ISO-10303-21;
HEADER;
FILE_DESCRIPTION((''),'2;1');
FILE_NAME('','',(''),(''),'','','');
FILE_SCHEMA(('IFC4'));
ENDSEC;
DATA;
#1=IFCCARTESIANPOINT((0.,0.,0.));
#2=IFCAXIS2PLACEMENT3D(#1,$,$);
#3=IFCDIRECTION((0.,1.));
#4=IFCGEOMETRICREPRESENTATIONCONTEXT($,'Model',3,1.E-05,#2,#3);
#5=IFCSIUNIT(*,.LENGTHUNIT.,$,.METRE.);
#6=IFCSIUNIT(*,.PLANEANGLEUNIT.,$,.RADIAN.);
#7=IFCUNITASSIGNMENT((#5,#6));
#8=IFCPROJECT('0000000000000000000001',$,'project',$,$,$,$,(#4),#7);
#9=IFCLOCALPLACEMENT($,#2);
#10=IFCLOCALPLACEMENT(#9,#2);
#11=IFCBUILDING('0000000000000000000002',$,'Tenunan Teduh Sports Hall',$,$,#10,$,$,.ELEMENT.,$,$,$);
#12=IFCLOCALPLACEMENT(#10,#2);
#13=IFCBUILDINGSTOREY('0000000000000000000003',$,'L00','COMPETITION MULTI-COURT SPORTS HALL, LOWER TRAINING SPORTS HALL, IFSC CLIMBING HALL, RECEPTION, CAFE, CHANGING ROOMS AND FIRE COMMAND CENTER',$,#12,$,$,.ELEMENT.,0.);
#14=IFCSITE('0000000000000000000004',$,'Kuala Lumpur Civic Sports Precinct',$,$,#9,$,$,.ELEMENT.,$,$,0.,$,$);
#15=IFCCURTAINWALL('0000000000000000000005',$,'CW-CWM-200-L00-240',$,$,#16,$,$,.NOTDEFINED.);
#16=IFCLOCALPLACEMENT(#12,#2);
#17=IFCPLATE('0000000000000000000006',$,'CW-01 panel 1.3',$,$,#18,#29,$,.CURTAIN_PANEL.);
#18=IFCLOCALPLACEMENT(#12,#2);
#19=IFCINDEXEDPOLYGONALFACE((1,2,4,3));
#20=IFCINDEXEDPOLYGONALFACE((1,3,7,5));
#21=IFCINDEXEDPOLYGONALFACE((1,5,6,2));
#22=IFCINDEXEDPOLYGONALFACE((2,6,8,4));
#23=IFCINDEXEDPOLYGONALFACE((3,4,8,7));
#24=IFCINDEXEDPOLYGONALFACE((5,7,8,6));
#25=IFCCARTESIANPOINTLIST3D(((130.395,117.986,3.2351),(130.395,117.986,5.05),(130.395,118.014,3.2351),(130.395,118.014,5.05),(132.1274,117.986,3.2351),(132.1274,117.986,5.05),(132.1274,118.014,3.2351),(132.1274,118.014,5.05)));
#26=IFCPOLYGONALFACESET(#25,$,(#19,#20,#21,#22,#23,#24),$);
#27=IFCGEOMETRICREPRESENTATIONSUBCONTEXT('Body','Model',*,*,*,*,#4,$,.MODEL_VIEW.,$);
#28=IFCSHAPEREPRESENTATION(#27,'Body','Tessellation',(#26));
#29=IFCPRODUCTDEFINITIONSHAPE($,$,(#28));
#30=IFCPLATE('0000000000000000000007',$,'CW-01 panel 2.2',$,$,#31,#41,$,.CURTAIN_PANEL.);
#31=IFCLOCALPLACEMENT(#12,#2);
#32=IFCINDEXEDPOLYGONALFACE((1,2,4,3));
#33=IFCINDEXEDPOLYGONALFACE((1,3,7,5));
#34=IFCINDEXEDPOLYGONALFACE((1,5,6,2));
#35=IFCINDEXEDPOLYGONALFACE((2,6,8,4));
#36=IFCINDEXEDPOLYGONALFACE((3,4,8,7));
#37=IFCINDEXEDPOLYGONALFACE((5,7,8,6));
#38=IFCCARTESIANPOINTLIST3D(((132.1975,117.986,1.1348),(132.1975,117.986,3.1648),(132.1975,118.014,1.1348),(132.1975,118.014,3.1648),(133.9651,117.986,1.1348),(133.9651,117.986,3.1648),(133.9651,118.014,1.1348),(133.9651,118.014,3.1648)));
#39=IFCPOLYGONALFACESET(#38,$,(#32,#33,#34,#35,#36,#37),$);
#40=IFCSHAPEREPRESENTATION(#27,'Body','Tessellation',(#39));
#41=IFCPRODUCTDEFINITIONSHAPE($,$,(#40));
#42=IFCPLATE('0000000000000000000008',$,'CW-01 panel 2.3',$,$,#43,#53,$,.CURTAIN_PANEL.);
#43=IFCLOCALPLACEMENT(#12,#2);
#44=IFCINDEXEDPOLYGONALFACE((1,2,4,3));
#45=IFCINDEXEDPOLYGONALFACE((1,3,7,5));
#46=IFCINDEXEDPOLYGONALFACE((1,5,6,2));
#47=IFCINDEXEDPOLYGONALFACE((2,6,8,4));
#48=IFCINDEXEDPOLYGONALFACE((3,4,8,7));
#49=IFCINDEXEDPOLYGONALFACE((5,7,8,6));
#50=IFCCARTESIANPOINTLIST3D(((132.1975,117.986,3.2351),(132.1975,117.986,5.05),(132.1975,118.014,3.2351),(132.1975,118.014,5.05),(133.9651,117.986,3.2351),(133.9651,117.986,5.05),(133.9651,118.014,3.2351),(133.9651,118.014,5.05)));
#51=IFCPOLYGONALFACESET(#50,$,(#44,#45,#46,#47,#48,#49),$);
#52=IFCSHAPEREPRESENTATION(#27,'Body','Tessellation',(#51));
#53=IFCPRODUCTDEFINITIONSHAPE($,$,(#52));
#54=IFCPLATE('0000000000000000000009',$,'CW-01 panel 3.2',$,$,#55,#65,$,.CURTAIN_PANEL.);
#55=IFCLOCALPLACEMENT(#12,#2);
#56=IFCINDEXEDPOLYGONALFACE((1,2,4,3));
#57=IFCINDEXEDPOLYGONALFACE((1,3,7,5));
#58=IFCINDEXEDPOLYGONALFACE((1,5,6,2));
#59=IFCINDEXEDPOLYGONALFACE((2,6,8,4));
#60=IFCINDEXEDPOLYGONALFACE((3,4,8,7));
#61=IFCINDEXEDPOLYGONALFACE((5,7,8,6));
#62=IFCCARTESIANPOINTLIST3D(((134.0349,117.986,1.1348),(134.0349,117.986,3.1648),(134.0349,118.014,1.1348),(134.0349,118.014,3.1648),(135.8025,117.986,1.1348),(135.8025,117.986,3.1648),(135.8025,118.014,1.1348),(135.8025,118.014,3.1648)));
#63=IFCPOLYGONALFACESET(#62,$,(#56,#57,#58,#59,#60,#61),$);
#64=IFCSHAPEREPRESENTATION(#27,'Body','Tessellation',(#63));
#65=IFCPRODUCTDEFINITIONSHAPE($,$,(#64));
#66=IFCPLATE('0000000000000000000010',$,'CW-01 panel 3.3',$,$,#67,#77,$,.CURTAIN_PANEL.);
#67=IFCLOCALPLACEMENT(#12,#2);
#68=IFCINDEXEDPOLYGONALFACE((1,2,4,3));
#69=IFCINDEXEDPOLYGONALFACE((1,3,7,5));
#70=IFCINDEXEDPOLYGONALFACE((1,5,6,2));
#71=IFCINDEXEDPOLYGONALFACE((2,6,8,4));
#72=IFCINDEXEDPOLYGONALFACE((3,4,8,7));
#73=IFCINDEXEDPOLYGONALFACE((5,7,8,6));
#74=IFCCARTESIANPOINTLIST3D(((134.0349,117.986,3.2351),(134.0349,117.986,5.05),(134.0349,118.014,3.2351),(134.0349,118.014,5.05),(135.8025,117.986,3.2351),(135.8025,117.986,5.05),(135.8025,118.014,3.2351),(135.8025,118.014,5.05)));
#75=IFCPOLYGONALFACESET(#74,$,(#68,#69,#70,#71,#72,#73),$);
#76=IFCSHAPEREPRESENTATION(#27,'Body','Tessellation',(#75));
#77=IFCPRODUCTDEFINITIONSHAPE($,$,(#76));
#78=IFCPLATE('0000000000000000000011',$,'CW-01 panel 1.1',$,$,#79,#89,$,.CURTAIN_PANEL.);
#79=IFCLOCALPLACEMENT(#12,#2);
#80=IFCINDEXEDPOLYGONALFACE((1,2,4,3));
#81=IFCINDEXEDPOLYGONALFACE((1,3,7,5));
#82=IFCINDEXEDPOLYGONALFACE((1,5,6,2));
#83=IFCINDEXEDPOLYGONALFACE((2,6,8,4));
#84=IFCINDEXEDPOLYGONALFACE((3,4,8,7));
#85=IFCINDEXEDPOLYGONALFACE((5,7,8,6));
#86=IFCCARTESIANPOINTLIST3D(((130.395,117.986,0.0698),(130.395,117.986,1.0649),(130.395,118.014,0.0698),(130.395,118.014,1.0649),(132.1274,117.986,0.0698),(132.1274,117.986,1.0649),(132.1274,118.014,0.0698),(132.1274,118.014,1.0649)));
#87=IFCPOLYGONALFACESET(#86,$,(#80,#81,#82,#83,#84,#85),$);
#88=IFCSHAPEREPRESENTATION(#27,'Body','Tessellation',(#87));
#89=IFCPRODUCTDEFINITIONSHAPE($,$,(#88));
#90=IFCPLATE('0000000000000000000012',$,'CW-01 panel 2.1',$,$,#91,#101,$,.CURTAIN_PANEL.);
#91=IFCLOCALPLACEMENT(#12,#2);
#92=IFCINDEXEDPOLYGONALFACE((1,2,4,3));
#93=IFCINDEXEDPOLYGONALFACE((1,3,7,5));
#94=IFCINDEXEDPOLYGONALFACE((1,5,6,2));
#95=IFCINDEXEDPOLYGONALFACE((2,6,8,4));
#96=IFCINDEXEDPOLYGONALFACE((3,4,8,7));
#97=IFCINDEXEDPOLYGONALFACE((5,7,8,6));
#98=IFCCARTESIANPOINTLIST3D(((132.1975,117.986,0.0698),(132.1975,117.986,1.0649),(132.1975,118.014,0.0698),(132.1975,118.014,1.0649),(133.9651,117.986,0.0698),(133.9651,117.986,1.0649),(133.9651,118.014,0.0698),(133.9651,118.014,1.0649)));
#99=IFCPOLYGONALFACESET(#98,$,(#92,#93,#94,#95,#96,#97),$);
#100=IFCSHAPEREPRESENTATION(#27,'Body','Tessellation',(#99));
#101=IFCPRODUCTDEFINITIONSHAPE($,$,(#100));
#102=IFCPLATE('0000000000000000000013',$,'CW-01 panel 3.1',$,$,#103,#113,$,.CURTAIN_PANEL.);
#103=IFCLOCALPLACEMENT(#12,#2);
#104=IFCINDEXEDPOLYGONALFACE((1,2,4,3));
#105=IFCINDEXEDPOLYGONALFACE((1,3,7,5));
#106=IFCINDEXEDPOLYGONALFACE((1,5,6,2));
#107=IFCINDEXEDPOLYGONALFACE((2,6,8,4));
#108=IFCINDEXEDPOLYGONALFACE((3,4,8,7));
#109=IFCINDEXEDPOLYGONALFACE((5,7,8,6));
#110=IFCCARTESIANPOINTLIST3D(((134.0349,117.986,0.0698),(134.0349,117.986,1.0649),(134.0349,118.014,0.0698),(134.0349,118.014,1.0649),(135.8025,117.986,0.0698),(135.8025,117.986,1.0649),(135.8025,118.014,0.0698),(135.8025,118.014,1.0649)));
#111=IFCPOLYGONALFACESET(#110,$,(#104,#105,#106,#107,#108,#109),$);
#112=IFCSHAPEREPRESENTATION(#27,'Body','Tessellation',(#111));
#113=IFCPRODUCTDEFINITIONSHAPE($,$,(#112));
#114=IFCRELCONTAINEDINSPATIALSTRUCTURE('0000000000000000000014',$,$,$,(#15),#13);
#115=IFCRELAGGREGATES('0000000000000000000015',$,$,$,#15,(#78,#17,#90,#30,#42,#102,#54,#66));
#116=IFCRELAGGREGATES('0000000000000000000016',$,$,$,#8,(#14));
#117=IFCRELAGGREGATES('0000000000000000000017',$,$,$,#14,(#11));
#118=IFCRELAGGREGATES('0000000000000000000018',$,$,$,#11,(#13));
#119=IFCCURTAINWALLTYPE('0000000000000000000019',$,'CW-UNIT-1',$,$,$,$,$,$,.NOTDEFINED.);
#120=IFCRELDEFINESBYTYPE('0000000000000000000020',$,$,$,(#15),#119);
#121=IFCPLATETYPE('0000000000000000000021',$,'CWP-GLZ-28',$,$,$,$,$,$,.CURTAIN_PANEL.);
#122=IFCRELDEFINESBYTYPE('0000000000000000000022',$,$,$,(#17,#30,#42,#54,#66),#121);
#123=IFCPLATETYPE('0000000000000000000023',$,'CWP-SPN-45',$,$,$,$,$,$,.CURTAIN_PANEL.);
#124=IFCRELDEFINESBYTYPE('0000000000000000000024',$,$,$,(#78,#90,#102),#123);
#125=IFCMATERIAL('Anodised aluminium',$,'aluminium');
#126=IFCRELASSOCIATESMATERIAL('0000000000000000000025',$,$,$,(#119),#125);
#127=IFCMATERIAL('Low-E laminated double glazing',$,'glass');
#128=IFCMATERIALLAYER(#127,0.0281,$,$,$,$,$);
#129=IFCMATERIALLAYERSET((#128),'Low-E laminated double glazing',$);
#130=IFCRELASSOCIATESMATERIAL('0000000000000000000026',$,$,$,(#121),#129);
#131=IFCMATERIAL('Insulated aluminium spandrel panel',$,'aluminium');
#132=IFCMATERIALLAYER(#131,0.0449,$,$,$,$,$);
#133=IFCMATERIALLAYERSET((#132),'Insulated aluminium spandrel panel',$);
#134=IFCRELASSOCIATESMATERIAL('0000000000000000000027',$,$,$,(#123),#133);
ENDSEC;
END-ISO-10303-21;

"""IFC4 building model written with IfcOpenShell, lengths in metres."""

from ifc_helpers import new_model, si_unit, direction, frame, origin, origin_2d, place, context, subcontext, project, spatial, rectangle, extrude, material, layer, layer_set, type_object, element, aggregate, save


model = new_model("IFC4")

# Units and contexts
model_context = context("Model", 3, precision=1e-05, world=origin(), true_north=direction((0.0, 1.0)))
body_context = subcontext(model_context, "Body", "Model", "MODEL_VIEW")
ifc_project = project(units=[si_unit("LENGTHUNIT", "METRE"), si_unit("PLANEANGLEUNIT", "RADIAN")], contexts=[model_context])

# Site, building, storey
site_placement = place(None, origin())
site = spatial("IfcSite", under=ifc_project, at=site_placement, Name="Kuala Lumpur Civic Sports Precinct", CompositionType="ELEMENT", RefElevation=0.0)
building_placement = place(site_placement, origin())
building = spatial("IfcBuilding", under=site, at=building_placement, Name="Tenunan Teduh Sports Hall", CompositionType="ELEMENT")
storey_placement = place(building_placement, origin())
storey = spatial("IfcBuildingStorey", under=building, at=storey_placement, Name="L00", Description="COMPETITION MULTI-COURT SPORTS HALL, LOWER TRAINING SPORTS HALL, IFSC CLIMBING HALL, RECEPTION, CAFE, CHANGING ROOMS AND FIRE COMMAND CENTER", CompositionType="ELEMENT", Elevation=0.0)

# Curtain wall, plates
ifc_material_1 = material(Name="Anodised aluminium", Category="aluminium")
curtain_wall_type = type_object("IfcCurtainWallType", Name="CW-UNIT-1", PredefinedType="NOTDEFINED", material=ifc_material_1)
curtain_wall_placement = place(storey_placement, origin())
curtain_wall = element("IfcCurtainWall", 1, at=curtain_wall_placement, inside=storey, type_object=curtain_wall_type, Name="CW-CWM-200-L00-240", PredefinedType="NOTDEFINED")
ifc_material_2 = material(Name="Low-E laminated double glazing", Category="glass")
ifc_layer_1 = layer(ifc_material_2, 0.0281)
ifc_layer_set_1 = layer_set([ifc_layer_1], Name="Low-E laminated double glazing")
plate_type_1 = type_object("IfcPlateType", Name="CWP-GLZ-28", PredefinedType="CURTAIN_PANEL", material=ifc_layer_set_1)
plate_1_placement = place(storey_placement, frame((131.2612, 118.0, 3.2351), z_axis=(0.0, 0.0, 1.0), x_axis=(1.0, 0.0, 0.0)))
plate_1 = element("IfcPlate", 2, at=plate_1_placement, type_object=plate_type_1, Name="CW-01 panel 1.3", PredefinedType="CURTAIN_PANEL", context=body_context, shape_type="SweptSolid", body=[
    extrude(rectangle(XDim=1.7324, YDim=0.0281, at=origin_2d()), origin(), (0.0, 0.0, 1.0), 1.8149),
])
plate_2_placement = place(storey_placement, frame((133.0813, 118.0, 1.1348), z_axis=(0.0, 0.0, 1.0), x_axis=(1.0, 0.0, 0.0)))
plate_2 = element("IfcPlate", 3, at=plate_2_placement, type_object=plate_type_1, Name="CW-01 panel 2.2", PredefinedType="CURTAIN_PANEL", context=body_context, shape_type="SweptSolid", body=[
    extrude(rectangle(XDim=1.7676, YDim=0.0281, at=origin_2d()), origin(), (0.0, 0.0, 1.0), 2.03),
])
plate_3_placement = place(storey_placement, frame((133.0813, 118.0, 3.2351), z_axis=(0.0, 0.0, 1.0), x_axis=(1.0, 0.0, 0.0)))
plate_3 = element("IfcPlate", 4, at=plate_3_placement, type_object=plate_type_1, Name="CW-01 panel 2.3", PredefinedType="CURTAIN_PANEL", context=body_context, shape_type="SweptSolid", body=[
    extrude(rectangle(XDim=1.7676, YDim=0.0281, at=origin_2d()), origin(), (0.0, 0.0, 1.0), 1.8149),
])
plate_4_placement = place(storey_placement, frame((134.9187, 118.0, 1.1348), z_axis=(0.0, 0.0, 1.0), x_axis=(1.0, 0.0, 0.0)))
plate_4 = element("IfcPlate", 5, at=plate_4_placement, type_object=plate_type_1, Name="CW-01 panel 3.2", PredefinedType="CURTAIN_PANEL", context=body_context, shape_type="SweptSolid", body=[
    extrude(rectangle(XDim=1.7676, YDim=0.0281, at=origin_2d()), origin(), (0.0, 0.0, 1.0), 2.03),
])
plate_5_placement = place(storey_placement, frame((134.9187, 118.0, 3.2351), z_axis=(0.0, 0.0, 1.0), x_axis=(1.0, 0.0, 0.0)))
plate_5 = element("IfcPlate", 6, at=plate_5_placement, type_object=plate_type_1, Name="CW-01 panel 3.3", PredefinedType="CURTAIN_PANEL", context=body_context, shape_type="SweptSolid", body=[
    extrude(rectangle(XDim=1.7676, YDim=0.0281, at=origin_2d()), origin(), (0.0, 0.0, 1.0), 1.8149),
])
ifc_material_3 = material(Name="Insulated aluminium spandrel panel", Category="aluminium")
ifc_layer_2 = layer(ifc_material_3, 0.0449)
ifc_layer_set_2 = layer_set([ifc_layer_2], Name="Insulated aluminium spandrel panel")
plate_type_2 = type_object("IfcPlateType", Name="CWP-SPN-45", PredefinedType="CURTAIN_PANEL", material=ifc_layer_set_2)
plate_6_placement = place(storey_placement, frame((131.2612, 118.0, 0.0698), z_axis=(0.0, 0.0, 1.0), x_axis=(1.0, 0.0, 0.0)))
plate_6 = element("IfcPlate", 7, at=plate_6_placement, type_object=plate_type_2, Name="CW-01 panel 1.1", PredefinedType="CURTAIN_PANEL", context=body_context, shape_type="SweptSolid", body=[
    extrude(rectangle(XDim=1.7324, YDim=0.0281, at=origin_2d()), origin(), (0.0, 0.0, 1.0), 0.9951),
])
plate_7_placement = place(storey_placement, frame((133.0813, 118.0, 0.0698), z_axis=(0.0, 0.0, 1.0), x_axis=(1.0, 0.0, 0.0)))
plate_7 = element("IfcPlate", 8, at=plate_7_placement, type_object=plate_type_2, Name="CW-01 panel 2.1", PredefinedType="CURTAIN_PANEL", context=body_context, shape_type="SweptSolid", body=[
    extrude(rectangle(XDim=1.7676, YDim=0.0281, at=origin_2d()), origin(), (0.0, 0.0, 1.0), 0.9951),
])
plate_8_placement = place(storey_placement, frame((134.9187, 118.0, 0.0698), z_axis=(0.0, 0.0, 1.0), x_axis=(1.0, 0.0, 0.0)))
plate_8 = element("IfcPlate", 9, at=plate_8_placement, type_object=plate_type_2, Name="CW-01 panel 3.1", PredefinedType="CURTAIN_PANEL", context=body_context, shape_type="SweptSolid", body=[
    extrude(rectangle(XDim=1.7676, YDim=0.0281, at=origin_2d()), origin(), (0.0, 0.0, 1.0), 0.9951),
])
aggregate(curtain_wall, [plate_6, plate_1, plate_7, plate_2, plate_3, plate_8, plate_4, plate_5])

save(model, "model.ifc")
